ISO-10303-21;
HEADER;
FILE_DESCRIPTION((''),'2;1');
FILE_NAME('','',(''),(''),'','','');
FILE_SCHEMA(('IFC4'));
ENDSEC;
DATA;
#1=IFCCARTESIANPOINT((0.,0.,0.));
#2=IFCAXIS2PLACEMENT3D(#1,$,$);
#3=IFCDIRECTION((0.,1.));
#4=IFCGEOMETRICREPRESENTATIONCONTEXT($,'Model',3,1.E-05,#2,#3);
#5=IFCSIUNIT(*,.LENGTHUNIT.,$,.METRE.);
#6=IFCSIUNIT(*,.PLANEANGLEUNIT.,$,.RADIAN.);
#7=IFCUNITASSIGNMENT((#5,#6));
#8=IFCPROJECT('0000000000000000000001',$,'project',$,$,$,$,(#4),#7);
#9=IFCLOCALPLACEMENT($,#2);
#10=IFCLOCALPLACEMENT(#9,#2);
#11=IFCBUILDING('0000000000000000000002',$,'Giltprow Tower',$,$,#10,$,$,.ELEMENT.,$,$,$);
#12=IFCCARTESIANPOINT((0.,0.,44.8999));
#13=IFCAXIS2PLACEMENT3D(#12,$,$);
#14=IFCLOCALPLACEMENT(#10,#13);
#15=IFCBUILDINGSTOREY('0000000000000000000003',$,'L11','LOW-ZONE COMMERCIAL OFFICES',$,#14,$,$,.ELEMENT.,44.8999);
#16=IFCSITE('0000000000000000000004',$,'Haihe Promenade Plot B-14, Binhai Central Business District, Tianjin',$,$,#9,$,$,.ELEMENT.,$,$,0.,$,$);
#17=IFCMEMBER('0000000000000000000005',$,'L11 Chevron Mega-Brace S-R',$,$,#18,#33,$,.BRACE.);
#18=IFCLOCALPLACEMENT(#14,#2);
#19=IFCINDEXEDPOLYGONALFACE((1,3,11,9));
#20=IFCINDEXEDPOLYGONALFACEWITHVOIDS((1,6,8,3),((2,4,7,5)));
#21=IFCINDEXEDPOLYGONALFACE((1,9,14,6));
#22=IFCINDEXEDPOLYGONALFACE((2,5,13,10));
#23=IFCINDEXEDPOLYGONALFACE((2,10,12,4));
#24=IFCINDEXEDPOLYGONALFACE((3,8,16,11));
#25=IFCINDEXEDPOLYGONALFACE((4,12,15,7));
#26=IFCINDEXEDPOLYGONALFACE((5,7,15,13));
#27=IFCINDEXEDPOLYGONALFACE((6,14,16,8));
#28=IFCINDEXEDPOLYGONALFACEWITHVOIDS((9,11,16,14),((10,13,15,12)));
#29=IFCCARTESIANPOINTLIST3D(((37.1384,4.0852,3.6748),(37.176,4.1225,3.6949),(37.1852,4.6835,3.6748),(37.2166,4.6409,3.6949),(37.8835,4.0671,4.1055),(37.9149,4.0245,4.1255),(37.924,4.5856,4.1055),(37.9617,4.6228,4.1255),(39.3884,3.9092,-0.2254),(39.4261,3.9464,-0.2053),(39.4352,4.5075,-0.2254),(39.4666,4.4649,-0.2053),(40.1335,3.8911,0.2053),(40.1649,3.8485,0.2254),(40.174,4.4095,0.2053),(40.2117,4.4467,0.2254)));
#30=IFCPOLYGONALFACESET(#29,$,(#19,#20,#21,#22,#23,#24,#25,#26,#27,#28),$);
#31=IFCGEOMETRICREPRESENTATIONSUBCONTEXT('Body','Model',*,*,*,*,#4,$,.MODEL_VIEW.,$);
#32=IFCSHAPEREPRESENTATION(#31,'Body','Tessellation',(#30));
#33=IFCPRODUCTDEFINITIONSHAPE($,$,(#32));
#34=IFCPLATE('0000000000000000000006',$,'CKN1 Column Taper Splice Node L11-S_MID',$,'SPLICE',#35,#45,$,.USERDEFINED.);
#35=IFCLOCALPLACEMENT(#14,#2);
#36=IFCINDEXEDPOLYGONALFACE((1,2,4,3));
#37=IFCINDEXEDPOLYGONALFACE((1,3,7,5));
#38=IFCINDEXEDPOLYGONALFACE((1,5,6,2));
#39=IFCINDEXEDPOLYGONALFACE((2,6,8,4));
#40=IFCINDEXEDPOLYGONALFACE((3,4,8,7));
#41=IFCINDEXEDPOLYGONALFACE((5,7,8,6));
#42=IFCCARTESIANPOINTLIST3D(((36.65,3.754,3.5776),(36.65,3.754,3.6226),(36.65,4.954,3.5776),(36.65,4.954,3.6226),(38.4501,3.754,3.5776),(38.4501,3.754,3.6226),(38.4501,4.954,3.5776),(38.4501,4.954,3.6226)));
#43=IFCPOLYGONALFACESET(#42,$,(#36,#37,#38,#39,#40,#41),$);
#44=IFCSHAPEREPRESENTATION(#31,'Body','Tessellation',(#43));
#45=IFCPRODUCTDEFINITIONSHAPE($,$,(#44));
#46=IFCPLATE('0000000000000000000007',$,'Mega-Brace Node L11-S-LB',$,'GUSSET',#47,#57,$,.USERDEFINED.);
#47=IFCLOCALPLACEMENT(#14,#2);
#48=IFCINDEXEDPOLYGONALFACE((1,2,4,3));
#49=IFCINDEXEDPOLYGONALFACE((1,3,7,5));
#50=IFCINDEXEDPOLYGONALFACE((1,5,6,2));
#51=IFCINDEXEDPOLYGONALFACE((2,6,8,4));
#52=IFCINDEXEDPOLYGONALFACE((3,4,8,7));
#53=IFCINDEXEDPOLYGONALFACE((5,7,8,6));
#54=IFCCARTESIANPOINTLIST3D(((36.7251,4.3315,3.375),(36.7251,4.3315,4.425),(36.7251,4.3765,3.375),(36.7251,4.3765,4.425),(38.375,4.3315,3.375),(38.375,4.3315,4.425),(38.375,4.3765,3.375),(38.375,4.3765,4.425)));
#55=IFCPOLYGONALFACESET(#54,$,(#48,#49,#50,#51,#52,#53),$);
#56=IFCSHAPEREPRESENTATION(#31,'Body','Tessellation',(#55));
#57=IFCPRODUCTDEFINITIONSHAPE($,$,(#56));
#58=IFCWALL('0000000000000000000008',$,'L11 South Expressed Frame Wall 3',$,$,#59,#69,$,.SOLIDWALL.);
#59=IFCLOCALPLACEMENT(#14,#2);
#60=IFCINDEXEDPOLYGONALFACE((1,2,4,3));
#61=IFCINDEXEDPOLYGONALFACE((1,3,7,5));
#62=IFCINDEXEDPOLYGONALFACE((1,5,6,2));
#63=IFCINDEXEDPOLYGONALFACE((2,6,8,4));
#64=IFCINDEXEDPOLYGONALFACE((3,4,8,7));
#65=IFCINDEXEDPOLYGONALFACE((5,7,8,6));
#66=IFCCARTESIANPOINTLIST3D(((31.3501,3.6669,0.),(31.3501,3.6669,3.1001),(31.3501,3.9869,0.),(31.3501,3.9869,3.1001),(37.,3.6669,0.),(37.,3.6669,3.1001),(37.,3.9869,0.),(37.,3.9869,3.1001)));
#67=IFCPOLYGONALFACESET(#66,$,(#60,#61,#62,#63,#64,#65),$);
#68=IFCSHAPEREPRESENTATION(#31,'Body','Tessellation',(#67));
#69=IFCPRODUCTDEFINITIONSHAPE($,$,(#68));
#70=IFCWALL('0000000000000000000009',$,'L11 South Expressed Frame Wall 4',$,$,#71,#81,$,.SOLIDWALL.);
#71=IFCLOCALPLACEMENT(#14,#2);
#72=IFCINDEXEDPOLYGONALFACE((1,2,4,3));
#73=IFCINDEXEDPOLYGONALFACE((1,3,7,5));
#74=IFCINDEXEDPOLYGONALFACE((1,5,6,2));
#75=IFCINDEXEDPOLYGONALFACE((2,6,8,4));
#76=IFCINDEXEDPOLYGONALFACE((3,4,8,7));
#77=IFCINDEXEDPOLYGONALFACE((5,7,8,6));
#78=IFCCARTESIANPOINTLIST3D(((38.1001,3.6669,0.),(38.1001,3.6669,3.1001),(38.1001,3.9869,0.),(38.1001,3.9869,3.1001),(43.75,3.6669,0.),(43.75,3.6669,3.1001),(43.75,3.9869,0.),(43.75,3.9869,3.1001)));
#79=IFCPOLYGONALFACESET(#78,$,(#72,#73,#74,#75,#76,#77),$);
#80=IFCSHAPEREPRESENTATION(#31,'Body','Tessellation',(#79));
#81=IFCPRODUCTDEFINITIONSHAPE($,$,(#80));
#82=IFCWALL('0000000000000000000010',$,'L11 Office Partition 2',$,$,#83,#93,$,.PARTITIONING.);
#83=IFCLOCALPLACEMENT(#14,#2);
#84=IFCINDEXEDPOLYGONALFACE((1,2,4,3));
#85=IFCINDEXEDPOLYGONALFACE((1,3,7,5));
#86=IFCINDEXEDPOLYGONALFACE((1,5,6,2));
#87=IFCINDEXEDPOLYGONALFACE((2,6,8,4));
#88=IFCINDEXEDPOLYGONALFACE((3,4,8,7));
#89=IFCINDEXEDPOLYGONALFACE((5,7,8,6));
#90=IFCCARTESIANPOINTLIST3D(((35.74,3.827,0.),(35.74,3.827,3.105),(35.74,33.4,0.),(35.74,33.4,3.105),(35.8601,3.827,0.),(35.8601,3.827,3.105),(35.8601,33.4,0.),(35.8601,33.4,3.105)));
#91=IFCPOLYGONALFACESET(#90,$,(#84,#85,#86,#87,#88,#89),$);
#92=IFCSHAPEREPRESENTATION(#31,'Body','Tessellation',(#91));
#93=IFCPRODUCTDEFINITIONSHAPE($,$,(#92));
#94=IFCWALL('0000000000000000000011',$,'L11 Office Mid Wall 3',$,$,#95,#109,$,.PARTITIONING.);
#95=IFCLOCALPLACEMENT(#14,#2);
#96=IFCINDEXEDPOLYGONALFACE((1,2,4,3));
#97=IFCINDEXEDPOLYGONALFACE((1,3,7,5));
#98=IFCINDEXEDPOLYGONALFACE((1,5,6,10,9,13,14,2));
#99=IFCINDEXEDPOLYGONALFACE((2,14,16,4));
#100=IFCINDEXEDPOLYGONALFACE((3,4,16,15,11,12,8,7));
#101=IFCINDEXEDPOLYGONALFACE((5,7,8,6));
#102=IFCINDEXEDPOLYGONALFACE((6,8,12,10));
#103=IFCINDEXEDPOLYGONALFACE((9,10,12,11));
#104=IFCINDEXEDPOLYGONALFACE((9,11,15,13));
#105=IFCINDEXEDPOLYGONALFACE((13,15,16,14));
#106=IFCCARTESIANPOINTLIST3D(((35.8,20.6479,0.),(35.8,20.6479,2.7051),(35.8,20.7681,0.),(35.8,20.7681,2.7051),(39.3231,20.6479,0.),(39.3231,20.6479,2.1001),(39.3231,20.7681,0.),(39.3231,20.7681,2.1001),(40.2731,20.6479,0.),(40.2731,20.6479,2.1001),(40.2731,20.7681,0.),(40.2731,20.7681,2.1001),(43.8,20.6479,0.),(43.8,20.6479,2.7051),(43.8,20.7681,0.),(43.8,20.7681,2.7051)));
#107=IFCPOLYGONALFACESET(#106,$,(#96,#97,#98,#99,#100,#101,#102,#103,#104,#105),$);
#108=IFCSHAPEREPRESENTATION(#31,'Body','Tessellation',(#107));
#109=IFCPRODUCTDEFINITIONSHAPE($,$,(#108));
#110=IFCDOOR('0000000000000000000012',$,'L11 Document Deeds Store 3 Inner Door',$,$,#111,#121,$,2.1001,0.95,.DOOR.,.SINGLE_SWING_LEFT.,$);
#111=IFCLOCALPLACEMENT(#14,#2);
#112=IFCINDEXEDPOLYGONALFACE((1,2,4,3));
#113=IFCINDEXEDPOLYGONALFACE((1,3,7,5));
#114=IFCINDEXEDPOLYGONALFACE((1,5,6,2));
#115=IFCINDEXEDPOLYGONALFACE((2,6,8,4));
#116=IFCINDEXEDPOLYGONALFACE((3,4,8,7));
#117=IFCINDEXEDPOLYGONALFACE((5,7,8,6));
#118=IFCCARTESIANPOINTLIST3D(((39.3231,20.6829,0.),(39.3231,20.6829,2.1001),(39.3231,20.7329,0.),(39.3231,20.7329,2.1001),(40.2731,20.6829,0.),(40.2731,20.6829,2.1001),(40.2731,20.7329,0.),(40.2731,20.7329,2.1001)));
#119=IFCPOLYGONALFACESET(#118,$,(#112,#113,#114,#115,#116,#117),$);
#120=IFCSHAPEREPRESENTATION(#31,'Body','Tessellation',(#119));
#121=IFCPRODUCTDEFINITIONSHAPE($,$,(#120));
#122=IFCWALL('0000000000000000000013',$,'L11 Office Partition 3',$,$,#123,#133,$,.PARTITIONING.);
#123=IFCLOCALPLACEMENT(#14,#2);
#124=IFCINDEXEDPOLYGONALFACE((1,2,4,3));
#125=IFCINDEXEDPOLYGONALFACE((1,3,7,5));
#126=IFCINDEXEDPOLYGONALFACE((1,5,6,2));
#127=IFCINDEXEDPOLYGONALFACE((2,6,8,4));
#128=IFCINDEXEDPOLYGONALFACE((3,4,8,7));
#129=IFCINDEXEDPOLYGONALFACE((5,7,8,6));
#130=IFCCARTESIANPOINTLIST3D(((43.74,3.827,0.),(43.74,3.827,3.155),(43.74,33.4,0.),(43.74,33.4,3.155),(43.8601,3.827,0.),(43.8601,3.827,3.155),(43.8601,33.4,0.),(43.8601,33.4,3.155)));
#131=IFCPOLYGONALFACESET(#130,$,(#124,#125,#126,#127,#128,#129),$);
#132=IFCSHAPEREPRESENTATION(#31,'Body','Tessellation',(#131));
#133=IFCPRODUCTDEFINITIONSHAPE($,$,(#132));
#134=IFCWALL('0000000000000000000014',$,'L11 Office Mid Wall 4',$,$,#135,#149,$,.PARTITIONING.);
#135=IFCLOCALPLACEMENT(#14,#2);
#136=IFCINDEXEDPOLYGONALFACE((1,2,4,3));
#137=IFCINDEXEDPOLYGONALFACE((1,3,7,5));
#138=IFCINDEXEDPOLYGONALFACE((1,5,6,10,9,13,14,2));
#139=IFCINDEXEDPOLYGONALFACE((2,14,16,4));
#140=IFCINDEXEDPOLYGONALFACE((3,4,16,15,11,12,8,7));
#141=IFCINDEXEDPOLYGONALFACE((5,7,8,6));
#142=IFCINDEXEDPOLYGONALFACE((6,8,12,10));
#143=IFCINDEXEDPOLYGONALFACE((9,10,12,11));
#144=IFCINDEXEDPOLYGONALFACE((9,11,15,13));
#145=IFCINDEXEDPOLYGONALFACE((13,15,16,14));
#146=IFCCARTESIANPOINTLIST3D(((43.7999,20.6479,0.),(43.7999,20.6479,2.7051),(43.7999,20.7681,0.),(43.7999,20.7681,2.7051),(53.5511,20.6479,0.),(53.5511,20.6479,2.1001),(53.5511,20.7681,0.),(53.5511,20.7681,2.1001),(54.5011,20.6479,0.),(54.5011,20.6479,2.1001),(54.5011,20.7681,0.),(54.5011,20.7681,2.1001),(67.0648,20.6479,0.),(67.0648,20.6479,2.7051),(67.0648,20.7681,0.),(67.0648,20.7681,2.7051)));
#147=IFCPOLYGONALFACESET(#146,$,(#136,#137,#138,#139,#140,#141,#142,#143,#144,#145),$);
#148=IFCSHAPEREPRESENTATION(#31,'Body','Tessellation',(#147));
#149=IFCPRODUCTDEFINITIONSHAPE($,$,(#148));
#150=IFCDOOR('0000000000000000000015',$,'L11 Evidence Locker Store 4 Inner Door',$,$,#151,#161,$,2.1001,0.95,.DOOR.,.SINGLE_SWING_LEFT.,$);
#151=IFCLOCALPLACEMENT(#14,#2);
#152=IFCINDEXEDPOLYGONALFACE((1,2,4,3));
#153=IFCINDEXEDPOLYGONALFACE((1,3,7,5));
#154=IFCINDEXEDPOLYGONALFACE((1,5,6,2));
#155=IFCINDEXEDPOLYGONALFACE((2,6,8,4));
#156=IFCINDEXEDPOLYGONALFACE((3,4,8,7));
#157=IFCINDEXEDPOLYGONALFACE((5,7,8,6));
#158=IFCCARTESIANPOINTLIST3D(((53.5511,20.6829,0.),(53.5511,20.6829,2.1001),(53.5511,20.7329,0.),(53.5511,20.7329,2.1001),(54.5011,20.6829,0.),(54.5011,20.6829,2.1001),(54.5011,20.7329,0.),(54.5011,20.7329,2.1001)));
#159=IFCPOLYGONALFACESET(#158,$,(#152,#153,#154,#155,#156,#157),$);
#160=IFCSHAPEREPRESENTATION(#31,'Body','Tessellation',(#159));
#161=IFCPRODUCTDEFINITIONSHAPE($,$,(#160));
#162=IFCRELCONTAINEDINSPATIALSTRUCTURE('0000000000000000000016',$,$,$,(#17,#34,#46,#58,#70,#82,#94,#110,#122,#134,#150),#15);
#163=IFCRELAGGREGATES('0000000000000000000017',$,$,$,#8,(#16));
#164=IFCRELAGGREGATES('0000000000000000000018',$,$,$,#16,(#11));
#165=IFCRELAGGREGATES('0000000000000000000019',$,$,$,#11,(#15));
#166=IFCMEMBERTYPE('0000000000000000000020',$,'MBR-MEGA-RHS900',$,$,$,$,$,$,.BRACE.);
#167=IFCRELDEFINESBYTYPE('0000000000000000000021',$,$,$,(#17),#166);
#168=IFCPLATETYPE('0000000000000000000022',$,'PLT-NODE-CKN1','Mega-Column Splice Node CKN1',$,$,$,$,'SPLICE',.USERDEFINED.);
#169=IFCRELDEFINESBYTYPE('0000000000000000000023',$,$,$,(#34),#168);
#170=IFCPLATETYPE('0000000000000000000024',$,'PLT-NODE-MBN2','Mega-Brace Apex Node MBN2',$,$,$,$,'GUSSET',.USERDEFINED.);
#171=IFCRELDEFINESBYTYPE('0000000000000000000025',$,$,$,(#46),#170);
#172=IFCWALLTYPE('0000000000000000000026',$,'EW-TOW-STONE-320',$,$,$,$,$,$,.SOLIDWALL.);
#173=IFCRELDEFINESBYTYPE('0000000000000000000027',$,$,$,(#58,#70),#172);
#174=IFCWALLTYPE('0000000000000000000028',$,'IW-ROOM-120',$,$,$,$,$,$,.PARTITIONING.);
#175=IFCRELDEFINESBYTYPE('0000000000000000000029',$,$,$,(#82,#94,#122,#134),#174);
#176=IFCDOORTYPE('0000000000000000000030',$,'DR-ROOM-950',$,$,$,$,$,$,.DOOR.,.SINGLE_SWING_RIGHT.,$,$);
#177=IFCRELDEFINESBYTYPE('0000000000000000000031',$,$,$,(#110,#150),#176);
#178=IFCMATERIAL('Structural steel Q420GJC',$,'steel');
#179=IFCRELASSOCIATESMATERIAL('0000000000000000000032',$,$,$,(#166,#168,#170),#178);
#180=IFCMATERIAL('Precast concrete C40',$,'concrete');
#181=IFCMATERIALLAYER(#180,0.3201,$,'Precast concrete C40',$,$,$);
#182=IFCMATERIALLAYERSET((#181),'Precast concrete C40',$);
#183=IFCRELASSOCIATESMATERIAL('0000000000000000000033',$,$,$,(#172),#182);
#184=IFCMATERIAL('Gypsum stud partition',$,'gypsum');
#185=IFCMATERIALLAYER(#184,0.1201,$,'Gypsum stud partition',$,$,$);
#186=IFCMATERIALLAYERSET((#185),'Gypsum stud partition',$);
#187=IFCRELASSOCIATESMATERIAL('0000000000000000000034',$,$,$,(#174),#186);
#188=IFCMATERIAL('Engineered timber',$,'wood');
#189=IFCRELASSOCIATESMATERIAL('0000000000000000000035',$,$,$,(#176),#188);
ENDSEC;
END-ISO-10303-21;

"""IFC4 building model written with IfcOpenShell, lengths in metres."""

from ifc_helpers import new_model, si_unit, direction, frame, frame_2d, origin, origin_2d, place, context, subcontext, project, spatial, rectangle, hollow_rectangle, extrude, source, transform, mapped, material, layer, layer_set, material_profile, profile_set, type_object, element, fill, save


model = new_model("IFC4")

# Units and contexts
model_context = context("Model", 3, precision=1e-05, world=origin(), true_north=direction((0.0, 1.0)))
body_context = subcontext(model_context, "Body", "Model", "MODEL_VIEW")
ifc_project = project(units=[si_unit("LENGTHUNIT", "METRE"), si_unit("PLANEANGLEUNIT", "RADIAN")], contexts=[model_context])

# Site, building, storey
site_placement = place(None, origin())
site = spatial("IfcSite", under=ifc_project, at=site_placement, Name="Haihe Promenade Plot B-14, Binhai Central Business District, Tianjin", CompositionType="ELEMENT", RefElevation=0.0)
building_placement = place(site_placement, origin())
building = spatial("IfcBuilding", under=site, at=building_placement, Name="Giltprow Tower", CompositionType="ELEMENT")
storey_placement = place(building_placement, frame((0.0, 0.0, 44.8999)))
storey = spatial("IfcBuildingStorey", under=building, at=storey_placement, Name="L11", Description="LOW-ZONE COMMERCIAL OFFICES", CompositionType="ELEMENT", Elevation=44.8999)

# Shared definitions
ifc_material_1 = material(Name="Structural steel Q420GJC", Category="steel")

# Member
ifc_material_profile_1 = material_profile(ifc_material_1, hollow_rectangle(XDim=0.6001, YDim=0.8999, WallThickness=0.04, at=origin_2d()), Name="RHS 900x600x40")
ifc_profile_set_1 = profile_set([ifc_material_profile_1], Name="Structural steel Q420GJC")
member_type = type_object("IfcMemberType", Name="MBR-MEGA-RHS900", PredefinedType="BRACE", material=ifc_profile_set_1)
shared_shape_1 = source(origin(), body_context, "Body", "SweptSolid", [
    extrude(hollow_rectangle(XDim=0.6001, YDim=0.8999, WallThickness=0.04, at=origin_2d()), origin(), (0.0, 0.0, 1.0), 4.5061),
])
for number, where, z_axis, x_axis, name in (
    (1, (39.8, 4.178, 0.0), (-0.499327, 0.039064, 0.865533), (-0.077995, -0.996954, 0.0), "L11 Chevron Mega-Brace S-R"),
):
    element("IfcMember", number, at=place(storey_placement, frame(where, z_axis=z_axis, x_axis=x_axis)), inside=storey, type_object=member_type, Name=name, PredefinedType="BRACE", context=body_context, shape_type="MappedRepresentation", body=[
        mapped(shared_shape_1, transform((0.0, 0.0, 0.0), x_axis=(1.0, 0.0, 0.0), y_axis=(0.0, 1.0, 0.0), z_axis=(0.0, 0.0, 1.0), scale=1.0)),
    ])

# Plates
plate_type_1 = type_object("IfcPlateType", Name="PLT-NODE-CKN1", Description="Mega-Column Splice Node CKN1", ElementType="SPLICE", PredefinedType="USERDEFINED", material=ifc_material_1)
shared_shape_2 = source(origin(), body_context, "Body", "SweptSolid", [
    extrude(rectangle(XDim=1.8, YDim=1.2, at=origin_2d()), origin(), (0.0, 0.0, 1.0), 0.0449),
])
plate_1_placement = place(storey_placement, frame((37.55, 4.354, 3.5776), z_axis=(0.0, 0.0, 1.0), x_axis=(1.0, 0.0, 0.0)))
element("IfcPlate", 2, at=plate_1_placement, inside=storey, type_object=plate_type_1, Name="CKN1 Column Taper Splice Node L11-S_MID", ObjectType="SPLICE", PredefinedType="USERDEFINED", context=body_context, shape_type="MappedRepresentation", body=[
    mapped(shared_shape_2, transform((0.0, 0.0, 0.0), x_axis=(1.0, 0.0, 0.0), y_axis=(0.0, 1.0, 0.0), z_axis=(0.0, 0.0, 1.0), scale=1.0)),
])
plate_type_2 = type_object("IfcPlateType", Name="PLT-NODE-MBN2", Description="Mega-Brace Apex Node MBN2", ElementType="GUSSET", PredefinedType="USERDEFINED", material=ifc_material_1)
shared_shape_3 = source(origin(), body_context, "Body", "SweptSolid", [
    extrude(rectangle(XDim=1.6499, YDim=0.0449, at=origin_2d()), origin(), (0.0, 0.0, 1.0), 1.05),
])
plate_2_placement = place(storey_placement, frame((37.55, 4.354, 3.375), z_axis=(0.0, 0.0, 1.0), x_axis=(1.0, 0.0, 0.0)))
element("IfcPlate", 3, at=plate_2_placement, inside=storey, type_object=plate_type_2, Name="Mega-Brace Node L11-S-LB", ObjectType="GUSSET", PredefinedType="USERDEFINED", context=body_context, shape_type="MappedRepresentation", body=[
    mapped(shared_shape_3, transform((0.0, 0.0, 0.0), x_axis=(1.0, 0.0, 0.0), y_axis=(0.0, 1.0, 0.0), z_axis=(0.0, 0.0, 1.0), scale=1.0)),
])

# Walls
ifc_material_2 = material(Name="Precast concrete C40", Category="concrete")
ifc_layer_1 = layer(ifc_material_2, 0.3201, Name="Precast concrete C40")
ifc_layer_set_1 = layer_set([ifc_layer_1], Name="Precast concrete C40")
wall_type_1 = type_object("IfcWallType", Name="EW-TOW-STONE-320", PredefinedType="SOLIDWALL", material=ifc_layer_set_1)
for number, where, z_axis, x_axis, name in (
    (4, (31.3501, 3.8269, 0.0), (0.0, 0.0, 1.0), (1.0, 0.0, 0.0), "L11 South Expressed Frame Wall 3"),
    (5, (38.1001, 3.8269, 0.0), (0.0, 0.0, 1.0), (1.0, 0.0, 0.0), "L11 South Expressed Frame Wall 4"),
):
    element("IfcWall", number, at=place(storey_placement, frame(where, z_axis=z_axis, x_axis=x_axis)), inside=storey, type_object=wall_type_1, Name=name, PredefinedType="SOLIDWALL", context=body_context, shape_type="SweptSolid", body=[
        extrude(rectangle(XDim=5.6499, YDim=0.3201, at=frame_2d((2.825, 0.0))), origin(), (0.0, 0.0, 1.0), 3.1001),
    ])
ifc_material_3 = material(Name="Gypsum stud partition", Category="gypsum")
ifc_layer_2 = layer(ifc_material_3, 0.1201, Name="Gypsum stud partition")
ifc_layer_set_2 = layer_set([ifc_layer_2], Name="Gypsum stud partition")
wall_type_2 = type_object("IfcWallType", Name="IW-ROOM-120", PredefinedType="PARTITIONING", material=ifc_layer_set_2)
wall_1_placement = place(storey_placement, frame((35.8, 3.8269, 0.0), z_axis=(0.0, 0.0, 1.0), x_axis=(0.0, 1.0, 0.0)))
element("IfcWall", 6, at=wall_1_placement, inside=storey, type_object=wall_type_2, Name="L11 Office Partition 2", PredefinedType="PARTITIONING", context=body_context, shape_type="SweptSolid", body=[
    extrude(rectangle(XDim=29.573, YDim=0.1201, at=frame_2d((14.7866, 0.0))), origin(), (0.0, 0.0, 1.0), 3.105),
])

# Wall, opening, door
wall_2_placement = place(storey_placement, frame((35.8, 20.708, 0.0), z_axis=(0.0, 0.0, 1.0), x_axis=(1.0, 0.0, 0.0)))
wall_2 = element("IfcWall", 7, at=wall_2_placement, inside=storey, type_object=wall_type_2, Name="L11 Office Mid Wall 3", PredefinedType="PARTITIONING", context=body_context, shape_type="SweptSolid", body=[
    extrude(rectangle(XDim=8.0, YDim=0.1201, at=frame_2d((4.0, 0.0))), origin(), (0.0, 0.0, 1.0), 2.7051),
])
opening_1_placement = place(wall_2_placement, frame((3.5229, 0.0, 0.0)))
opening_1 = element("IfcOpeningElement", 8, at=opening_1_placement, cuts=wall_2, PredefinedType="OPENING", context=body_context, shape_type="SweptSolid", body=[
    extrude(rectangle(XDim=0.95, YDim=2.1001, at=frame_2d((0.4751, 1.05))), frame((0.0, 0.0701, 0.0), z_axis=(0.0, -1.0, 0.0), x_axis=(1.0, 0.0, 0.0)), (0.0, 0.0, 1.0), 0.1401),
])
ifc_material_4 = material(Name="Engineered timber", Category="wood")
door_type = type_object("IfcDoorType", Name="DR-ROOM-950", OperationType="SINGLE_SWING_RIGHT", PredefinedType="DOOR", material=ifc_material_4)
shared_shape_4 = source(origin(), body_context, "Body", "SweptSolid", [
    extrude(rectangle(XDim=0.95, YDim=2.1001, at=frame_2d((0.4751, 1.05))), frame((0.0, 0.0249, 0.0), z_axis=(0.0, -1.0, 0.0), x_axis=(1.0, 0.0, 0.0)), (0.0, 0.0, 1.0), 0.05),
])
door_1_placement = place(opening_1_placement, origin())
door_1 = element("IfcDoor", 9, at=door_1_placement, inside=storey, type_object=door_type, Name="L11 Document Deeds Store 3 Inner Door", OperationType="SINGLE_SWING_LEFT", OverallHeight=2.1001, OverallWidth=0.95, PredefinedType="DOOR", context=body_context, shape_type="MappedRepresentation", body=[
    mapped(shared_shape_4, transform((0.0, 0.0, 0.0), x_axis=(1.0, 0.0, 0.0), y_axis=(0.0, 1.0, 0.0), z_axis=(0.0, 0.0, 1.0), scale=1.0)),
])
fill(opening_1, door_1)

# Wall
wall_3_placement = place(storey_placement, frame((43.8, 3.8269, 0.0), z_axis=(0.0, 0.0, 1.0), x_axis=(0.0, 1.0, 0.0)))
element("IfcWall", 10, at=wall_3_placement, inside=storey, type_object=wall_type_2, Name="L11 Office Partition 3", PredefinedType="PARTITIONING", context=body_context, shape_type="SweptSolid", body=[
    extrude(rectangle(XDim=29.573, YDim=0.1201, at=frame_2d((14.7866, 0.0))), origin(), (0.0, 0.0, 1.0), 3.155),
])

# Wall, opening, door
wall_4_placement = place(storey_placement, frame((43.8, 20.708, 0.0), z_axis=(0.0, 0.0, 1.0), x_axis=(1.0, 0.0, 0.0)))
wall_4 = element("IfcWall", 11, at=wall_4_placement, inside=storey, type_object=wall_type_2, Name="L11 Office Mid Wall 4", PredefinedType="PARTITIONING", context=body_context, shape_type="SweptSolid", body=[
    extrude(rectangle(XDim=23.2649, YDim=0.1201, at=frame_2d((11.6323, 0.0))), origin(), (0.0, 0.0, 1.0), 2.7051),
])
opening_2_placement = place(wall_4_placement, frame((9.751, 0.0, 0.0)))
opening_2 = element("IfcOpeningElement", 12, at=opening_2_placement, cuts=wall_4, PredefinedType="OPENING", context=body_context, shape_type="SweptSolid", body=[
    extrude(rectangle(XDim=0.95, YDim=2.1001, at=frame_2d((0.4751, 1.05))), frame((0.0, 0.0701, 0.0), z_axis=(0.0, -1.0, 0.0), x_axis=(1.0, 0.0, 0.0)), (0.0, 0.0, 1.0), 0.1401),
])
door_2_placement = place(opening_2_placement, origin())
door_2 = element("IfcDoor", 13, at=door_2_placement, inside=storey, type_object=door_type, Name="L11 Evidence Locker Store 4 Inner Door", OperationType="SINGLE_SWING_LEFT", OverallHeight=2.1001, OverallWidth=0.95, PredefinedType="DOOR", context=body_context, shape_type="MappedRepresentation", body=[
    mapped(shared_shape_4, transform((0.0, 0.0, 0.0), x_axis=(1.0, 0.0, 0.0), y_axis=(0.0, 1.0, 0.0), z_axis=(0.0, 0.0, 1.0), scale=1.0)),
])
fill(opening_2, door_2)

save(model, "model.ifc")
